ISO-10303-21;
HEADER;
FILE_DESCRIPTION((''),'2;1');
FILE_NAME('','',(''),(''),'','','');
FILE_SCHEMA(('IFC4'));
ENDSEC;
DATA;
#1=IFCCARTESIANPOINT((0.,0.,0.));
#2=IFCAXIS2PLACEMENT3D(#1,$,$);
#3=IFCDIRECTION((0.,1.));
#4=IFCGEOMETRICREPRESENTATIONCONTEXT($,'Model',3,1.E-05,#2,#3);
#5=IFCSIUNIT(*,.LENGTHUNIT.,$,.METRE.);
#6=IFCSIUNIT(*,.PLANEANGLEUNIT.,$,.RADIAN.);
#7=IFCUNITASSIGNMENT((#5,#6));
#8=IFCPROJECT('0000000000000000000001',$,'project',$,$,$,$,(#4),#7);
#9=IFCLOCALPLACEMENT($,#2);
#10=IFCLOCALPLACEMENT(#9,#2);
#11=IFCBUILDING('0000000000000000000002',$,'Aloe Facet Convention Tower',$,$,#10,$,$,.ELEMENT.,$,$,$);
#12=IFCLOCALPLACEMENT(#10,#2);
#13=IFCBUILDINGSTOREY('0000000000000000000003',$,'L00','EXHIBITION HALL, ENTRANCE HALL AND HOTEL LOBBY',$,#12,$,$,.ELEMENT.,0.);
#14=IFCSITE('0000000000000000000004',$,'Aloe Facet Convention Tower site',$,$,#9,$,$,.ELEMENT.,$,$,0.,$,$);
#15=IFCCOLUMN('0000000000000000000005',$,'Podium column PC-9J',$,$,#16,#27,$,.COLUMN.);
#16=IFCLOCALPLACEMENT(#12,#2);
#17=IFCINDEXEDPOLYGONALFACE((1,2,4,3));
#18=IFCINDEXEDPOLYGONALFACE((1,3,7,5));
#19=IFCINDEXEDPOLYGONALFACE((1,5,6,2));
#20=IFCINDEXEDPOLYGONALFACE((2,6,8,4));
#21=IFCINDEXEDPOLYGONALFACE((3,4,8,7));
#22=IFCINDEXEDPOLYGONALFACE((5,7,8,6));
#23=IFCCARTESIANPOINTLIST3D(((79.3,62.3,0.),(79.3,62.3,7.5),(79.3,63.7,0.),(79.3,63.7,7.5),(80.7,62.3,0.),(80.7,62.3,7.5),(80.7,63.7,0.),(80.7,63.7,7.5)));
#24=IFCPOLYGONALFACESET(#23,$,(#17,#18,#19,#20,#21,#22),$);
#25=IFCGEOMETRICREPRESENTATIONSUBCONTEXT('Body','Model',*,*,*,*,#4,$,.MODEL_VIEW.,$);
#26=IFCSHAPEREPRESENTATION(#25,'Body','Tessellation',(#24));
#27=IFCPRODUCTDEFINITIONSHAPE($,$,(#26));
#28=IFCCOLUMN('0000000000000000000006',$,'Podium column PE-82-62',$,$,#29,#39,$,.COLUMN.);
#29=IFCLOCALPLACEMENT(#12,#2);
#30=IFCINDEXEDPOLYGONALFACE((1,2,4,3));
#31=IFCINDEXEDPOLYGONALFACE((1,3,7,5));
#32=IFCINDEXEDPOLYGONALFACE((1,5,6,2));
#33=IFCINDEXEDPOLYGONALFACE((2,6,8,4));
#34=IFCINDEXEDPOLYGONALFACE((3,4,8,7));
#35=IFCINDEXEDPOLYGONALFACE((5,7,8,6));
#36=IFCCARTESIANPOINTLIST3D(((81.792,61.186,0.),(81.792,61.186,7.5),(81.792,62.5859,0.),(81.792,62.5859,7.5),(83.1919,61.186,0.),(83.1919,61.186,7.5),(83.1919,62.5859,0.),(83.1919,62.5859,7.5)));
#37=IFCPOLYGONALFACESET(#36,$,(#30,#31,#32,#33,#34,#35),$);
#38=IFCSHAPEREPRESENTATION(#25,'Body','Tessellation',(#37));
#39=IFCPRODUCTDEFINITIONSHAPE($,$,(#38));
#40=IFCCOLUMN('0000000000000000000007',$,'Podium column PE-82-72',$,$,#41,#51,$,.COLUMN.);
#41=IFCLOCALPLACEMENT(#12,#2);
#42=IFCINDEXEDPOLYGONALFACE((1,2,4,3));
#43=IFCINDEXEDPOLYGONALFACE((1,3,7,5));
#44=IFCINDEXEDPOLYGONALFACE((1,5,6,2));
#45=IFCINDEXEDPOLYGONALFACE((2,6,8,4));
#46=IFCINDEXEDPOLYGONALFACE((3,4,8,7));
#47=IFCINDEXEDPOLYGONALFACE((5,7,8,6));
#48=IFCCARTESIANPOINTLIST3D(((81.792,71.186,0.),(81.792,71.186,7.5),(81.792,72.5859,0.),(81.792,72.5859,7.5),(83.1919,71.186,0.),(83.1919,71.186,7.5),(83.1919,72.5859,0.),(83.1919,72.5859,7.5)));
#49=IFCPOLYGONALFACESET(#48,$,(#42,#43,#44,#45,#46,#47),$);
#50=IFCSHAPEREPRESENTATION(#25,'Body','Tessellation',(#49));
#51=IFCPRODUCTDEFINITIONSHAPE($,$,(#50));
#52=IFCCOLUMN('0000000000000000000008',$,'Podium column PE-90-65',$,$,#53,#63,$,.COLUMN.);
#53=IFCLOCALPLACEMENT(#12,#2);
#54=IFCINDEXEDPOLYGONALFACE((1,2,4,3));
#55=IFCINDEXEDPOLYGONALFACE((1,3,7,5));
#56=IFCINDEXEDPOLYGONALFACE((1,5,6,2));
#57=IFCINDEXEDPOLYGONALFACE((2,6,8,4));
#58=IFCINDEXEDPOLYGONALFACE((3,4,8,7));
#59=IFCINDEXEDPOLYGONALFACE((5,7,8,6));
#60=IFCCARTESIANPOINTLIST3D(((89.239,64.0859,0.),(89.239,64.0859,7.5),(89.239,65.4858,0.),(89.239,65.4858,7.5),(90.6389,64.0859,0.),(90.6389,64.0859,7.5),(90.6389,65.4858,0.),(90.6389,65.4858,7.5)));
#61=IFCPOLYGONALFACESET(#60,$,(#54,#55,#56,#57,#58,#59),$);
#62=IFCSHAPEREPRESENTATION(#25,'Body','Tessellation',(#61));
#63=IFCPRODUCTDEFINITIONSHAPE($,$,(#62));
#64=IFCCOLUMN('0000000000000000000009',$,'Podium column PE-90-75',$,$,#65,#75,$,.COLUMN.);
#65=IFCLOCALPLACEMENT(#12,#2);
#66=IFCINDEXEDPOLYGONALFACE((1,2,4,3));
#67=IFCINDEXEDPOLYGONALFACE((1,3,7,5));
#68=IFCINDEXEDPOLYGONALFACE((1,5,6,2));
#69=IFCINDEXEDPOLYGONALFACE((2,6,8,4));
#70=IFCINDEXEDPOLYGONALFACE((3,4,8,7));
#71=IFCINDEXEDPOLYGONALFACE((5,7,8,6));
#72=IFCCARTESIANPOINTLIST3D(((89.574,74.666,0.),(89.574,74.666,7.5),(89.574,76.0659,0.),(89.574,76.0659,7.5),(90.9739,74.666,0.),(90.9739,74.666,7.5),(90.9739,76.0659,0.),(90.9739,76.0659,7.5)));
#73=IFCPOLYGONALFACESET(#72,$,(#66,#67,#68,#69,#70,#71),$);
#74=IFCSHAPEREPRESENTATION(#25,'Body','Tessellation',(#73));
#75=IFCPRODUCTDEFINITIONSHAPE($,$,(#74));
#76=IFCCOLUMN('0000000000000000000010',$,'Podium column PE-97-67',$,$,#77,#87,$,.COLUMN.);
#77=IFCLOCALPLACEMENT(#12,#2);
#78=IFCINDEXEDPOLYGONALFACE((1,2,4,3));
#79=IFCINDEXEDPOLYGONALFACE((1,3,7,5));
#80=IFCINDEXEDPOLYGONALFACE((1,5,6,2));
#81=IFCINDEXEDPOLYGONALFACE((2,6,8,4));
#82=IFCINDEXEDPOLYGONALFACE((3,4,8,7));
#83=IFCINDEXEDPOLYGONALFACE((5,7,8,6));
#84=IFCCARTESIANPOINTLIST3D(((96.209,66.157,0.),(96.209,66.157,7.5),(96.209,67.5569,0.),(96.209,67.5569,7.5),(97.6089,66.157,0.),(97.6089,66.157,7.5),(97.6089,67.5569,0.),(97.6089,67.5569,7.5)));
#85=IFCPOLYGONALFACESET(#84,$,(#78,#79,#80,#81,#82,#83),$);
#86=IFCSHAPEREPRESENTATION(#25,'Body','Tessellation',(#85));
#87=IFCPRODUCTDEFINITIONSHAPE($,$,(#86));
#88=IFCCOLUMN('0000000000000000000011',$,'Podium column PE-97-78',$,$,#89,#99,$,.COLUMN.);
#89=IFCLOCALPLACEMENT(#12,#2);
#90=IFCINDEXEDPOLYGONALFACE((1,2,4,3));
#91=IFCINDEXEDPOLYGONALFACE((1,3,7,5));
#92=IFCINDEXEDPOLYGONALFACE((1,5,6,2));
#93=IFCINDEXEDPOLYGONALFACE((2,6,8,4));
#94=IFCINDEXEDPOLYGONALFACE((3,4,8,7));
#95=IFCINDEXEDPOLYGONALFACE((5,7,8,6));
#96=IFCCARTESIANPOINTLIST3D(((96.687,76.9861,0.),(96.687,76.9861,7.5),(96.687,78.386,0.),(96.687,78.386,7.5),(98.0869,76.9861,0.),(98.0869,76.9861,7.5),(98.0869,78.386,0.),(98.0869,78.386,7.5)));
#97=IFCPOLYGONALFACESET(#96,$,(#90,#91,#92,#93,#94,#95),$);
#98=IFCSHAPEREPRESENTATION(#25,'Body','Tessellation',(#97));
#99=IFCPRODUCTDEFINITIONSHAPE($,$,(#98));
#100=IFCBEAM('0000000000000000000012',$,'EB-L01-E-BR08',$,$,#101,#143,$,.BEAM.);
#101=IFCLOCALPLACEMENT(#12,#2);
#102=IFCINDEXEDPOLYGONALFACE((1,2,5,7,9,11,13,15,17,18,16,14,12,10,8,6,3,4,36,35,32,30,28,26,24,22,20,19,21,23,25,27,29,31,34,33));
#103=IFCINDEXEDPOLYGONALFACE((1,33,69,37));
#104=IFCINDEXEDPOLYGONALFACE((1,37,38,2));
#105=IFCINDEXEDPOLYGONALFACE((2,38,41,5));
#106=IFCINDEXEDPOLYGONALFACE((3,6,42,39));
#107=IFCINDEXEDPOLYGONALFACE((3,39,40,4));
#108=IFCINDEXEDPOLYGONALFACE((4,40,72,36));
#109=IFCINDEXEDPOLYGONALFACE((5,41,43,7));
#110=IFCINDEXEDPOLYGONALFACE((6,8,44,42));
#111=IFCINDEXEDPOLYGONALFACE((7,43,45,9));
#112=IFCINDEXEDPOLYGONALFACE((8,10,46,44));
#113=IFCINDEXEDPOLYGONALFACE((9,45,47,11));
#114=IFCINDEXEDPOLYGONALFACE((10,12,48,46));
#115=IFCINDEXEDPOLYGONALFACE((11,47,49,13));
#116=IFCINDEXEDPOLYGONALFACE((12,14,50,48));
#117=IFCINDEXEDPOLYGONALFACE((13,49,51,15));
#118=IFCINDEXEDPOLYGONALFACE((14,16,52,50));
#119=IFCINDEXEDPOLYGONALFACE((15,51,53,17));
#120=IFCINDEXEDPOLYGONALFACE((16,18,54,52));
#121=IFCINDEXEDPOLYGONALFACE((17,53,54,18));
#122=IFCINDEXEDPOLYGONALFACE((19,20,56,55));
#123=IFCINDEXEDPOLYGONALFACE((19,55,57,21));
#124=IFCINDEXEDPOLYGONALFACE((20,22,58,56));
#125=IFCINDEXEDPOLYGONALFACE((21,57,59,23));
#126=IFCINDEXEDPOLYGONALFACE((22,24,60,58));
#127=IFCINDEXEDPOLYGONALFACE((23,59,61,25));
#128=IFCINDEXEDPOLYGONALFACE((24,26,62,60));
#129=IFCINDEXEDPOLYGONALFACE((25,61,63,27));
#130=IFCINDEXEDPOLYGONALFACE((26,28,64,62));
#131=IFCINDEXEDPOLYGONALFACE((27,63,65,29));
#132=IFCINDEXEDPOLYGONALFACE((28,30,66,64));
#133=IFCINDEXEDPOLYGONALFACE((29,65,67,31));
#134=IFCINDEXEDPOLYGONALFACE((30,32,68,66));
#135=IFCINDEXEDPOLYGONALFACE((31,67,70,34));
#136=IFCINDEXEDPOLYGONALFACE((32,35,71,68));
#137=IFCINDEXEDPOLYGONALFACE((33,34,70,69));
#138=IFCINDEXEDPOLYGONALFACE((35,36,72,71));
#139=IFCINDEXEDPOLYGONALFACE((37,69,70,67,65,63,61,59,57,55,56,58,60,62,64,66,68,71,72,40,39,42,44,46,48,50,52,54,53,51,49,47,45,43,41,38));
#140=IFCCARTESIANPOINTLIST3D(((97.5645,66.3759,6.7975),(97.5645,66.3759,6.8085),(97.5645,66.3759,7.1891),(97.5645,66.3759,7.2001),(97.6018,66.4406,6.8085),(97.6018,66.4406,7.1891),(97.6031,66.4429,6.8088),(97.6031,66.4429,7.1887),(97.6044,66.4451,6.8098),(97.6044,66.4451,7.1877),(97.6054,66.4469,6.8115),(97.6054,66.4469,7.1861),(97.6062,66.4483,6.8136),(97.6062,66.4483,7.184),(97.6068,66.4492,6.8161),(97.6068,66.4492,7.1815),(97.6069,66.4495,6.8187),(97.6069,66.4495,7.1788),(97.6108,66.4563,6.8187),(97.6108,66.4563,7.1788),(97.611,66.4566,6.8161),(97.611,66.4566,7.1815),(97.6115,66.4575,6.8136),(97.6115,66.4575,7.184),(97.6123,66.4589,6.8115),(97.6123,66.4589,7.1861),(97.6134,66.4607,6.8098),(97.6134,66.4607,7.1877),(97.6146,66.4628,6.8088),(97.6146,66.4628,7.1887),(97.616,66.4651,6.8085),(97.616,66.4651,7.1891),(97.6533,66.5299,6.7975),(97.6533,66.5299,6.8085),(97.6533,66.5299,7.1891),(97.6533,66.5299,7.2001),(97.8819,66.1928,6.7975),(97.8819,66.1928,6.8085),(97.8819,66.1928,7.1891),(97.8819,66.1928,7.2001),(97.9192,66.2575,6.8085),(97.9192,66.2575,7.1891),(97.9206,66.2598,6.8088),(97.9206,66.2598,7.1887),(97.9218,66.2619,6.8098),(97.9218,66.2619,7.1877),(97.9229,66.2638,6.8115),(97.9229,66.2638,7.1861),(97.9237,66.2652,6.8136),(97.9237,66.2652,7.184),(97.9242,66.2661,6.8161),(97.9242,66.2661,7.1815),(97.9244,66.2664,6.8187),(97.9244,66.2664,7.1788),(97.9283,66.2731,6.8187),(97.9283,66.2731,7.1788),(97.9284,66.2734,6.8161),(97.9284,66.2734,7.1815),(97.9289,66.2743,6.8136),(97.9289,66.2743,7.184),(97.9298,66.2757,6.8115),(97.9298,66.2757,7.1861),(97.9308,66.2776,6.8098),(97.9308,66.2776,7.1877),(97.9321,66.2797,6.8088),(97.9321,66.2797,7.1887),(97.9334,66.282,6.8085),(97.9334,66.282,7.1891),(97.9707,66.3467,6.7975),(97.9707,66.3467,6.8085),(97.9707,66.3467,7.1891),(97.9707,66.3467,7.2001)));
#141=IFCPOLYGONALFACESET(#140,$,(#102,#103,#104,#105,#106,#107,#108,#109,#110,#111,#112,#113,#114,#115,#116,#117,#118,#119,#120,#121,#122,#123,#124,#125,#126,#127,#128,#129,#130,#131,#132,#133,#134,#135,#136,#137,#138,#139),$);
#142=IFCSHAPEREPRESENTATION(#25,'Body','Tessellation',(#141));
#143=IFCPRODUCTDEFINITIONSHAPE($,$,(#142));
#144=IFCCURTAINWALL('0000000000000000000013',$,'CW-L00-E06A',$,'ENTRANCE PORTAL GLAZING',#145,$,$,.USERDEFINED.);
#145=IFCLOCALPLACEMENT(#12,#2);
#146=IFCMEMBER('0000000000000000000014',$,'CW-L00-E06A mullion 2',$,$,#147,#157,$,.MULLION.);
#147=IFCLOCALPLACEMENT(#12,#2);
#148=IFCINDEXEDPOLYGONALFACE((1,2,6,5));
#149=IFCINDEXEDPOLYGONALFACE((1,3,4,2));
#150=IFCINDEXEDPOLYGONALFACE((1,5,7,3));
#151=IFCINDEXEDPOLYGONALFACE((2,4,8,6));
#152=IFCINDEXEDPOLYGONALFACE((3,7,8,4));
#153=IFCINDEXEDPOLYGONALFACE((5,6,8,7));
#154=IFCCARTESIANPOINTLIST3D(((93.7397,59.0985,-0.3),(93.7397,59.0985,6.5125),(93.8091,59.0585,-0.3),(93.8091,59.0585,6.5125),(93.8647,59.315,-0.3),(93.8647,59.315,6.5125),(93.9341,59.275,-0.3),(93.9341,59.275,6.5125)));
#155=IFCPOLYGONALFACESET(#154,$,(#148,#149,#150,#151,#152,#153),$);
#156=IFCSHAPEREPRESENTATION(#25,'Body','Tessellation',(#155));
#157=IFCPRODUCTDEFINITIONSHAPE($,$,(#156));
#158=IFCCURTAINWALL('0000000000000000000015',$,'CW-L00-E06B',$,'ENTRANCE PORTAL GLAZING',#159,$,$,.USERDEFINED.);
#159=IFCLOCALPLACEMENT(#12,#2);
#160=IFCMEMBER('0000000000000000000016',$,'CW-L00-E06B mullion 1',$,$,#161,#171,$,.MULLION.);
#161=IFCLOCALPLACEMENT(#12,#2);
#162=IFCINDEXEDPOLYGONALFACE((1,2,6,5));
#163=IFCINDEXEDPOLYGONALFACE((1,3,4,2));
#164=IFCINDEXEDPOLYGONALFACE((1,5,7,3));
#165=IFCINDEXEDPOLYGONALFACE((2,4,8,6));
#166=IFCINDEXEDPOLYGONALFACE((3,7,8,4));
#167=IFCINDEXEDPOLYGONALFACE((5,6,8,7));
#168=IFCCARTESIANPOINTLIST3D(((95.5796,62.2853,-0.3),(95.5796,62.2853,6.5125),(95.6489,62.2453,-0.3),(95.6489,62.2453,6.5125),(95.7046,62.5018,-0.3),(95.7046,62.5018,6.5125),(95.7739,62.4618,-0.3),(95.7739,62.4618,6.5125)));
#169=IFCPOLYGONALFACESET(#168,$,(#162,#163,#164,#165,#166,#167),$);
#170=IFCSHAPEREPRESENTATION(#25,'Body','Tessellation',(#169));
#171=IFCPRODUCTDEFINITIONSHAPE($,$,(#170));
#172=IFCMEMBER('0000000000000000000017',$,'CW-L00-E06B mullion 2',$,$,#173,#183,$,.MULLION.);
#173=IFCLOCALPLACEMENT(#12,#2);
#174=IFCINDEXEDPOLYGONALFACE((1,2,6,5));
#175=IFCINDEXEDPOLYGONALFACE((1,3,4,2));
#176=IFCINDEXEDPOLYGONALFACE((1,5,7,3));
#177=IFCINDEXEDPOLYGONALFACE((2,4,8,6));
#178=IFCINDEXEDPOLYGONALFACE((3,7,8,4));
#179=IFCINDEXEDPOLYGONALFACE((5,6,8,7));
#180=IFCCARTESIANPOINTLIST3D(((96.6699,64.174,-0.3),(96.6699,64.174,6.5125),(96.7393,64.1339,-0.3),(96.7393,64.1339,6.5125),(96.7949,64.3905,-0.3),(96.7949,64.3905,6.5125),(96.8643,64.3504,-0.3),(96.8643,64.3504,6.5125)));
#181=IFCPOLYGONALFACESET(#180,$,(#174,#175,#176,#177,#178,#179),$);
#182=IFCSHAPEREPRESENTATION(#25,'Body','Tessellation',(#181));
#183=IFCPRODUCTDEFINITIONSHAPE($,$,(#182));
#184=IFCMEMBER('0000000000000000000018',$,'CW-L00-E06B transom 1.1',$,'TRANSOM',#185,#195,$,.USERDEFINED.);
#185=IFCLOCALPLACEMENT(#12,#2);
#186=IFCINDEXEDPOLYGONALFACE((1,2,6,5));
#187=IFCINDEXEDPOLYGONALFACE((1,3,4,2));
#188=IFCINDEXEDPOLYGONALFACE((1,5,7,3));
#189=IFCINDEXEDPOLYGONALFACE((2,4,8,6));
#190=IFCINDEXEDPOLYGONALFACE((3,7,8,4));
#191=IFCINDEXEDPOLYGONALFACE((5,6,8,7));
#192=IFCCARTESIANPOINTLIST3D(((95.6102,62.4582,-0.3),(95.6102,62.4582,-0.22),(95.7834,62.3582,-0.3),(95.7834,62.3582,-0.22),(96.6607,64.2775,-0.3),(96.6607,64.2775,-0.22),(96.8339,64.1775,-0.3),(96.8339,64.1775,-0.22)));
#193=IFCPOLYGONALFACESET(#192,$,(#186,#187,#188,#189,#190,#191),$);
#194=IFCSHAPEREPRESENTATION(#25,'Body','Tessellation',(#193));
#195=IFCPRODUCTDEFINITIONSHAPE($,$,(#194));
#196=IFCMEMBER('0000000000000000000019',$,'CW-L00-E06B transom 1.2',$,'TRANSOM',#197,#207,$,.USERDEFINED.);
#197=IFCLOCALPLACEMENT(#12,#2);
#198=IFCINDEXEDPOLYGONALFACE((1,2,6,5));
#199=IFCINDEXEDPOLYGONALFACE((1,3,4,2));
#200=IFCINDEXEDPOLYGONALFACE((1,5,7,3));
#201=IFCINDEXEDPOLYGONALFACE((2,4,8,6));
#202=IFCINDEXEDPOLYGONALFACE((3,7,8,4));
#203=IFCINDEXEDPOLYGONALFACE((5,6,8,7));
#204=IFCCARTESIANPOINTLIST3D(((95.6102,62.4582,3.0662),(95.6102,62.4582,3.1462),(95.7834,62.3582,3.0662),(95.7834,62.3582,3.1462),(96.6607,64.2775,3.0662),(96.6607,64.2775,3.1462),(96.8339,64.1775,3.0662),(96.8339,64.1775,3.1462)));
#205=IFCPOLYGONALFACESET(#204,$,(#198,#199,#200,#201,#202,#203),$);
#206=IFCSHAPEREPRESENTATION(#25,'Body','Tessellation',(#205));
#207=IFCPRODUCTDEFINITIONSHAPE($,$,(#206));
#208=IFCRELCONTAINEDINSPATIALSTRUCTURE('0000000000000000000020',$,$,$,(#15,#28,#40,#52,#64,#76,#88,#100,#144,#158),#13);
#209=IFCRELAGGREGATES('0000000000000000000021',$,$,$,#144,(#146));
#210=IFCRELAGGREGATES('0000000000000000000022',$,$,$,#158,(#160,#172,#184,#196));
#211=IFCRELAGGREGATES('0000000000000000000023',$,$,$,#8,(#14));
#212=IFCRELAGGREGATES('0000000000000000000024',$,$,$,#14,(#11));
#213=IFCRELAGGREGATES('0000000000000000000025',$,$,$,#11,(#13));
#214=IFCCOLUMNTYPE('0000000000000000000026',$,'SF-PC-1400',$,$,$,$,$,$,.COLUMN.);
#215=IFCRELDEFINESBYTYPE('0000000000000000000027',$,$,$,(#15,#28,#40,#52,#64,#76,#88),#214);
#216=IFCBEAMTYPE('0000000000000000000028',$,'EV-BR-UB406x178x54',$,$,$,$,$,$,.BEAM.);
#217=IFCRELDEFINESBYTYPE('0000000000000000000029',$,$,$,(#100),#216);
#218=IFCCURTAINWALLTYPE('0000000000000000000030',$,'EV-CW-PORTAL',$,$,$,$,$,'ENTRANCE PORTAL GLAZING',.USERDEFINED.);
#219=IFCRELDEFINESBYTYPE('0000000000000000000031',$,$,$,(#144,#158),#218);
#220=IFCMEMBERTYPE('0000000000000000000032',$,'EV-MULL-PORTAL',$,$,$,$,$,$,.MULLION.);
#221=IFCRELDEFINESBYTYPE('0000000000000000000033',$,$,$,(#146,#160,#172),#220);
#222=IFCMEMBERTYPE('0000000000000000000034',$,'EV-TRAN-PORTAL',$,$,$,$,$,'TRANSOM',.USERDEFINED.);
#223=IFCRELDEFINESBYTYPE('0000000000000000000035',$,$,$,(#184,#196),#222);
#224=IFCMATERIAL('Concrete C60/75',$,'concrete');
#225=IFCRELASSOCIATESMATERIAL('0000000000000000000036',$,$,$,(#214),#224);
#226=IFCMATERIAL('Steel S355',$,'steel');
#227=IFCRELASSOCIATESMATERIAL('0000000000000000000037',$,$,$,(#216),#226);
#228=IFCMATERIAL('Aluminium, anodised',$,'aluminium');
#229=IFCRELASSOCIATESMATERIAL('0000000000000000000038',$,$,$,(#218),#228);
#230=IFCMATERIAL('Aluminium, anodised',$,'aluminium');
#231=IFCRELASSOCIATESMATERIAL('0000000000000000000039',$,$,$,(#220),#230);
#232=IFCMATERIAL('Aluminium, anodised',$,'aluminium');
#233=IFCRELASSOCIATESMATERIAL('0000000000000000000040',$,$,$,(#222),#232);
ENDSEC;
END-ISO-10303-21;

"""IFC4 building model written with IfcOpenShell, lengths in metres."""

from ifc_helpers import new_model, si_unit, direction, frame, origin, origin_2d, place, context, subcontext, project, spatial, rectangle, i_section, extrude, material, material_profile, profile_set, type_object, element, aggregate, save


model = new_model("IFC4")

# Units and contexts
model_context = context("Model", 3, precision=1e-05, world=origin(), true_north=direction((0.0, 1.0)))
body_context = subcontext(model_context, "Body", "Model", "MODEL_VIEW")
ifc_project = project(units=[si_unit("LENGTHUNIT", "METRE"), si_unit("PLANEANGLEUNIT", "RADIAN")], contexts=[model_context])

# Site, building, storey
site_placement = place(None, origin())
site = spatial("IfcSite", under=ifc_project, at=site_placement, Name="Aloe Facet Convention Tower site", CompositionType="ELEMENT", RefElevation=0.0)
building_placement = place(site_placement, origin())
building = spatial("IfcBuilding", under=site, at=building_placement, Name="Aloe Facet Convention Tower", CompositionType="ELEMENT")
storey_placement = place(building_placement, origin())
storey = spatial("IfcBuildingStorey", under=building, at=storey_placement, Name="L00", Description="EXHIBITION HALL, ENTRANCE HALL AND HOTEL LOBBY", CompositionType="ELEMENT", Elevation=0.0)

# Columns
ifc_material_1 = material(Name="Concrete C60/75", Category="concrete")
ifc_material_profile_1 = material_profile(ifc_material_1, rectangle(XDim=1.3999, YDim=1.3999, at=origin_2d()), Name="SF-PC-1400")
ifc_profile_set_1 = profile_set([ifc_material_profile_1], Name="Concrete C60/75")
column_type = type_object("IfcColumnType", Name="SF-PC-1400", PredefinedType="COLUMN", material=ifc_profile_set_1)
for number, where, z_axis, x_axis, name in (
    (1, (80.0, 63.0, 0.0), (0.0, 0.0, 1.0), (1.0, 0.0, 0.0), "Podium column PC-9J"),
    (2, (82.4919, 61.886, 0.0), (0.0, 0.0, 1.0), (1.0, 0.0, 0.0), "Podium column PE-82-62"),
    (3, (82.4919, 71.886, 0.0), (0.0, 0.0, 1.0), (1.0, 0.0, 0.0), "Podium column PE-82-72"),
    (4, (89.939, 64.7859, 0.0), (0.0, 0.0, 1.0), (1.0, 0.0, 0.0), "Podium column PE-90-65"),
    (5, (90.2739, 75.366, 0.0), (0.0, 0.0, 1.0), (1.0, 0.0, 0.0), "Podium column PE-90-75"),
    (6, (96.9089, 66.8569, 0.0), (0.0, 0.0, 1.0), (1.0, 0.0, 0.0), "Podium column PE-97-67"),
    (7, (97.387, 77.686, 0.0), (0.0, 0.0, 1.0), (1.0, 0.0, 0.0), "Podium column PE-97-78"),
):
    element("IfcColumn", number, at=place(storey_placement, frame(where, z_axis=z_axis, x_axis=x_axis)), inside=storey, type_object=column_type, Name=name, PredefinedType="COLUMN", context=body_context, shape_type="SweptSolid", body=[
        extrude(rectangle(XDim=1.3999, YDim=1.3999, at=origin_2d()), origin(), (0.0, 0.0, 1.0), 7.5),
    ])

# Beam
ifc_material_2 = material(Name="Steel S355", Category="steel")
ifc_material_profile_2 = material_profile(ifc_material_2, i_section(OverallWidth=0.1777, OverallDepth=0.4026, WebThickness=0.0078, FlangeThickness=0.011, FilletRadius=0.0103, at=origin_2d()), Name="UB 406x178x54")
ifc_profile_set_2 = profile_set([ifc_material_profile_2], Name="Steel S355")
beam_type_1 = type_object("IfcBeamType", Name="EV-BR-UB406x178x54", PredefinedType="BEAM", material=ifc_profile_set_2)
beam_1_placement = place(storey_placement, frame((97.6089, 66.4529, 6.9988), z_axis=(0.866186, -0.499722, 0.0), x_axis=(0.499722, 0.866186, 0.0)))
element("IfcBeam", 8, at=beam_1_placement, inside=storey, type_object=beam_type_1, Name="EB-L01-E-BR08", PredefinedType="BEAM", context=body_context, shape_type="SweptSolid", body=[
    extrude(i_section(OverallWidth=0.1777, OverallDepth=0.4026, WebThickness=0.0078, FlangeThickness=0.011, FilletRadius=0.0103, at=origin_2d()), origin(), (0.0, 0.0, 1.0), 0.3665),
])

# Curtain wall, member
ifc_material_3 = material(Name="Aluminium, anodised", Category="aluminium")
curtain_wall_type = type_object("IfcCurtainWallType", Name="EV-CW-PORTAL", ElementType="ENTRANCE PORTAL GLAZING", PredefinedType="USERDEFINED", material=ifc_material_3)
curtain_wall_1_placement = place(storey_placement, origin())
curtain_wall_1 = element("IfcCurtainWall", 9, at=curtain_wall_1_placement, inside=storey, type_object=curtain_wall_type, Name="CW-L00-E06A", ObjectType="ENTRANCE PORTAL GLAZING", PredefinedType="USERDEFINED")
ifc_material_4 = material(Name="Aluminium, anodised", Category="aluminium")
ifc_material_profile_3 = material_profile(ifc_material_4, rectangle(XDim=0.0801, YDim=0.25, at=origin_2d()), Name="AL 80x250")
ifc_profile_set_3 = profile_set([ifc_material_profile_3], Name="Aluminium, anodised")
member_type_1 = type_object("IfcMemberType", Name="EV-MULL-PORTAL", PredefinedType="MULLION", material=ifc_profile_set_3)
member_1_placement = place(storey_placement, frame((93.8369, 59.1868, -0.3), z_axis=(0.0, 0.0, 1.0), x_axis=(-0.866025, 0.5, 0.0)))
member_1 = element("IfcMember", 10, at=member_1_placement, type_object=member_type_1, Name="CW-L00-E06A mullion 2", PredefinedType="MULLION", context=body_context, shape_type="SweptSolid", body=[
    extrude(rectangle(XDim=0.0801, YDim=0.25, at=origin_2d()), origin(), (0.0, 0.0, 1.0), 6.8125),
])
aggregate(curtain_wall_1, [member_1])

# Curtain wall, members
curtain_wall_2_placement = place(storey_placement, origin())
curtain_wall_2 = element("IfcCurtainWall", 11, at=curtain_wall_2_placement, inside=storey, type_object=curtain_wall_type, Name="CW-L00-E06B", ObjectType="ENTRANCE PORTAL GLAZING", PredefinedType="USERDEFINED")
member_2_placement = place(storey_placement, frame((95.6768, 62.3735, -0.3), z_axis=(0.0, 0.0, 1.0), x_axis=(-0.866025, 0.5, 0.0)))
member_2 = element("IfcMember", 12, at=member_2_placement, type_object=member_type_1, Name="CW-L00-E06B mullion 1", PredefinedType="MULLION", context=body_context, shape_type="SweptSolid", body=[
    extrude(rectangle(XDim=0.0801, YDim=0.25, at=origin_2d()), origin(), (0.0, 0.0, 1.0), 6.8125),
])
member_3_placement = place(storey_placement, frame((96.7671, 64.2622, -0.3), z_axis=(0.0, 0.0, 1.0), x_axis=(-0.866025, 0.5, 0.0)))
member_3 = element("IfcMember", 13, at=member_3_placement, type_object=member_type_1, Name="CW-L00-E06B mullion 2", PredefinedType="MULLION", context=body_context, shape_type="SweptSolid", body=[
    extrude(rectangle(XDim=0.0801, YDim=0.25, at=origin_2d()), origin(), (0.0, 0.0, 1.0), 6.8125),
])
ifc_material_5 = material(Name="Aluminium, anodised", Category="aluminium")
ifc_material_profile_4 = material_profile(ifc_material_5, rectangle(XDim=0.2, YDim=0.0801, at=origin_2d()), Name="AL 200x80")
ifc_profile_set_4 = profile_set([ifc_material_profile_4], Name="Aluminium, anodised")
member_type_2 = type_object("IfcMemberType", Name="EV-TRAN-PORTAL", ElementType="TRANSOM", PredefinedType="USERDEFINED", material=ifc_profile_set_4)
member_4_placement = place(storey_placement, frame((95.6968, 62.4082, -0.26), z_axis=(0.500051, 0.865996, 0.0), x_axis=(-0.865996, 0.500051, 0.0)))
member_4 = element("IfcMember", 14, at=member_4_placement, type_object=member_type_2, Name="CW-L00-E06B transom 1.1", ObjectType="TRANSOM", PredefinedType="USERDEFINED", context=body_context, shape_type="SweptSolid", body=[
    extrude(rectangle(XDim=0.2, YDim=0.0801, at=origin_2d()), origin(), (0.0, 0.0, 1.0), 2.1008),
])
member_5_placement = place(storey_placement, frame((95.6968, 62.4082, 3.1062), z_axis=(0.500051, 0.865996, 0.0), x_axis=(-0.865996, 0.500051, 0.0)))
member_5 = element("IfcMember", 15, at=member_5_placement, type_object=member_type_2, Name="CW-L00-E06B transom 1.2", ObjectType="TRANSOM", PredefinedType="USERDEFINED", context=body_context, shape_type="SweptSolid", body=[
    extrude(rectangle(XDim=0.2, YDim=0.0801, at=origin_2d()), origin(), (0.0, 0.0, 1.0), 2.1008),
])

aggregate(curtain_wall_2, [member_2, member_3, member_4, member_5])

save(model, "model.ifc")
